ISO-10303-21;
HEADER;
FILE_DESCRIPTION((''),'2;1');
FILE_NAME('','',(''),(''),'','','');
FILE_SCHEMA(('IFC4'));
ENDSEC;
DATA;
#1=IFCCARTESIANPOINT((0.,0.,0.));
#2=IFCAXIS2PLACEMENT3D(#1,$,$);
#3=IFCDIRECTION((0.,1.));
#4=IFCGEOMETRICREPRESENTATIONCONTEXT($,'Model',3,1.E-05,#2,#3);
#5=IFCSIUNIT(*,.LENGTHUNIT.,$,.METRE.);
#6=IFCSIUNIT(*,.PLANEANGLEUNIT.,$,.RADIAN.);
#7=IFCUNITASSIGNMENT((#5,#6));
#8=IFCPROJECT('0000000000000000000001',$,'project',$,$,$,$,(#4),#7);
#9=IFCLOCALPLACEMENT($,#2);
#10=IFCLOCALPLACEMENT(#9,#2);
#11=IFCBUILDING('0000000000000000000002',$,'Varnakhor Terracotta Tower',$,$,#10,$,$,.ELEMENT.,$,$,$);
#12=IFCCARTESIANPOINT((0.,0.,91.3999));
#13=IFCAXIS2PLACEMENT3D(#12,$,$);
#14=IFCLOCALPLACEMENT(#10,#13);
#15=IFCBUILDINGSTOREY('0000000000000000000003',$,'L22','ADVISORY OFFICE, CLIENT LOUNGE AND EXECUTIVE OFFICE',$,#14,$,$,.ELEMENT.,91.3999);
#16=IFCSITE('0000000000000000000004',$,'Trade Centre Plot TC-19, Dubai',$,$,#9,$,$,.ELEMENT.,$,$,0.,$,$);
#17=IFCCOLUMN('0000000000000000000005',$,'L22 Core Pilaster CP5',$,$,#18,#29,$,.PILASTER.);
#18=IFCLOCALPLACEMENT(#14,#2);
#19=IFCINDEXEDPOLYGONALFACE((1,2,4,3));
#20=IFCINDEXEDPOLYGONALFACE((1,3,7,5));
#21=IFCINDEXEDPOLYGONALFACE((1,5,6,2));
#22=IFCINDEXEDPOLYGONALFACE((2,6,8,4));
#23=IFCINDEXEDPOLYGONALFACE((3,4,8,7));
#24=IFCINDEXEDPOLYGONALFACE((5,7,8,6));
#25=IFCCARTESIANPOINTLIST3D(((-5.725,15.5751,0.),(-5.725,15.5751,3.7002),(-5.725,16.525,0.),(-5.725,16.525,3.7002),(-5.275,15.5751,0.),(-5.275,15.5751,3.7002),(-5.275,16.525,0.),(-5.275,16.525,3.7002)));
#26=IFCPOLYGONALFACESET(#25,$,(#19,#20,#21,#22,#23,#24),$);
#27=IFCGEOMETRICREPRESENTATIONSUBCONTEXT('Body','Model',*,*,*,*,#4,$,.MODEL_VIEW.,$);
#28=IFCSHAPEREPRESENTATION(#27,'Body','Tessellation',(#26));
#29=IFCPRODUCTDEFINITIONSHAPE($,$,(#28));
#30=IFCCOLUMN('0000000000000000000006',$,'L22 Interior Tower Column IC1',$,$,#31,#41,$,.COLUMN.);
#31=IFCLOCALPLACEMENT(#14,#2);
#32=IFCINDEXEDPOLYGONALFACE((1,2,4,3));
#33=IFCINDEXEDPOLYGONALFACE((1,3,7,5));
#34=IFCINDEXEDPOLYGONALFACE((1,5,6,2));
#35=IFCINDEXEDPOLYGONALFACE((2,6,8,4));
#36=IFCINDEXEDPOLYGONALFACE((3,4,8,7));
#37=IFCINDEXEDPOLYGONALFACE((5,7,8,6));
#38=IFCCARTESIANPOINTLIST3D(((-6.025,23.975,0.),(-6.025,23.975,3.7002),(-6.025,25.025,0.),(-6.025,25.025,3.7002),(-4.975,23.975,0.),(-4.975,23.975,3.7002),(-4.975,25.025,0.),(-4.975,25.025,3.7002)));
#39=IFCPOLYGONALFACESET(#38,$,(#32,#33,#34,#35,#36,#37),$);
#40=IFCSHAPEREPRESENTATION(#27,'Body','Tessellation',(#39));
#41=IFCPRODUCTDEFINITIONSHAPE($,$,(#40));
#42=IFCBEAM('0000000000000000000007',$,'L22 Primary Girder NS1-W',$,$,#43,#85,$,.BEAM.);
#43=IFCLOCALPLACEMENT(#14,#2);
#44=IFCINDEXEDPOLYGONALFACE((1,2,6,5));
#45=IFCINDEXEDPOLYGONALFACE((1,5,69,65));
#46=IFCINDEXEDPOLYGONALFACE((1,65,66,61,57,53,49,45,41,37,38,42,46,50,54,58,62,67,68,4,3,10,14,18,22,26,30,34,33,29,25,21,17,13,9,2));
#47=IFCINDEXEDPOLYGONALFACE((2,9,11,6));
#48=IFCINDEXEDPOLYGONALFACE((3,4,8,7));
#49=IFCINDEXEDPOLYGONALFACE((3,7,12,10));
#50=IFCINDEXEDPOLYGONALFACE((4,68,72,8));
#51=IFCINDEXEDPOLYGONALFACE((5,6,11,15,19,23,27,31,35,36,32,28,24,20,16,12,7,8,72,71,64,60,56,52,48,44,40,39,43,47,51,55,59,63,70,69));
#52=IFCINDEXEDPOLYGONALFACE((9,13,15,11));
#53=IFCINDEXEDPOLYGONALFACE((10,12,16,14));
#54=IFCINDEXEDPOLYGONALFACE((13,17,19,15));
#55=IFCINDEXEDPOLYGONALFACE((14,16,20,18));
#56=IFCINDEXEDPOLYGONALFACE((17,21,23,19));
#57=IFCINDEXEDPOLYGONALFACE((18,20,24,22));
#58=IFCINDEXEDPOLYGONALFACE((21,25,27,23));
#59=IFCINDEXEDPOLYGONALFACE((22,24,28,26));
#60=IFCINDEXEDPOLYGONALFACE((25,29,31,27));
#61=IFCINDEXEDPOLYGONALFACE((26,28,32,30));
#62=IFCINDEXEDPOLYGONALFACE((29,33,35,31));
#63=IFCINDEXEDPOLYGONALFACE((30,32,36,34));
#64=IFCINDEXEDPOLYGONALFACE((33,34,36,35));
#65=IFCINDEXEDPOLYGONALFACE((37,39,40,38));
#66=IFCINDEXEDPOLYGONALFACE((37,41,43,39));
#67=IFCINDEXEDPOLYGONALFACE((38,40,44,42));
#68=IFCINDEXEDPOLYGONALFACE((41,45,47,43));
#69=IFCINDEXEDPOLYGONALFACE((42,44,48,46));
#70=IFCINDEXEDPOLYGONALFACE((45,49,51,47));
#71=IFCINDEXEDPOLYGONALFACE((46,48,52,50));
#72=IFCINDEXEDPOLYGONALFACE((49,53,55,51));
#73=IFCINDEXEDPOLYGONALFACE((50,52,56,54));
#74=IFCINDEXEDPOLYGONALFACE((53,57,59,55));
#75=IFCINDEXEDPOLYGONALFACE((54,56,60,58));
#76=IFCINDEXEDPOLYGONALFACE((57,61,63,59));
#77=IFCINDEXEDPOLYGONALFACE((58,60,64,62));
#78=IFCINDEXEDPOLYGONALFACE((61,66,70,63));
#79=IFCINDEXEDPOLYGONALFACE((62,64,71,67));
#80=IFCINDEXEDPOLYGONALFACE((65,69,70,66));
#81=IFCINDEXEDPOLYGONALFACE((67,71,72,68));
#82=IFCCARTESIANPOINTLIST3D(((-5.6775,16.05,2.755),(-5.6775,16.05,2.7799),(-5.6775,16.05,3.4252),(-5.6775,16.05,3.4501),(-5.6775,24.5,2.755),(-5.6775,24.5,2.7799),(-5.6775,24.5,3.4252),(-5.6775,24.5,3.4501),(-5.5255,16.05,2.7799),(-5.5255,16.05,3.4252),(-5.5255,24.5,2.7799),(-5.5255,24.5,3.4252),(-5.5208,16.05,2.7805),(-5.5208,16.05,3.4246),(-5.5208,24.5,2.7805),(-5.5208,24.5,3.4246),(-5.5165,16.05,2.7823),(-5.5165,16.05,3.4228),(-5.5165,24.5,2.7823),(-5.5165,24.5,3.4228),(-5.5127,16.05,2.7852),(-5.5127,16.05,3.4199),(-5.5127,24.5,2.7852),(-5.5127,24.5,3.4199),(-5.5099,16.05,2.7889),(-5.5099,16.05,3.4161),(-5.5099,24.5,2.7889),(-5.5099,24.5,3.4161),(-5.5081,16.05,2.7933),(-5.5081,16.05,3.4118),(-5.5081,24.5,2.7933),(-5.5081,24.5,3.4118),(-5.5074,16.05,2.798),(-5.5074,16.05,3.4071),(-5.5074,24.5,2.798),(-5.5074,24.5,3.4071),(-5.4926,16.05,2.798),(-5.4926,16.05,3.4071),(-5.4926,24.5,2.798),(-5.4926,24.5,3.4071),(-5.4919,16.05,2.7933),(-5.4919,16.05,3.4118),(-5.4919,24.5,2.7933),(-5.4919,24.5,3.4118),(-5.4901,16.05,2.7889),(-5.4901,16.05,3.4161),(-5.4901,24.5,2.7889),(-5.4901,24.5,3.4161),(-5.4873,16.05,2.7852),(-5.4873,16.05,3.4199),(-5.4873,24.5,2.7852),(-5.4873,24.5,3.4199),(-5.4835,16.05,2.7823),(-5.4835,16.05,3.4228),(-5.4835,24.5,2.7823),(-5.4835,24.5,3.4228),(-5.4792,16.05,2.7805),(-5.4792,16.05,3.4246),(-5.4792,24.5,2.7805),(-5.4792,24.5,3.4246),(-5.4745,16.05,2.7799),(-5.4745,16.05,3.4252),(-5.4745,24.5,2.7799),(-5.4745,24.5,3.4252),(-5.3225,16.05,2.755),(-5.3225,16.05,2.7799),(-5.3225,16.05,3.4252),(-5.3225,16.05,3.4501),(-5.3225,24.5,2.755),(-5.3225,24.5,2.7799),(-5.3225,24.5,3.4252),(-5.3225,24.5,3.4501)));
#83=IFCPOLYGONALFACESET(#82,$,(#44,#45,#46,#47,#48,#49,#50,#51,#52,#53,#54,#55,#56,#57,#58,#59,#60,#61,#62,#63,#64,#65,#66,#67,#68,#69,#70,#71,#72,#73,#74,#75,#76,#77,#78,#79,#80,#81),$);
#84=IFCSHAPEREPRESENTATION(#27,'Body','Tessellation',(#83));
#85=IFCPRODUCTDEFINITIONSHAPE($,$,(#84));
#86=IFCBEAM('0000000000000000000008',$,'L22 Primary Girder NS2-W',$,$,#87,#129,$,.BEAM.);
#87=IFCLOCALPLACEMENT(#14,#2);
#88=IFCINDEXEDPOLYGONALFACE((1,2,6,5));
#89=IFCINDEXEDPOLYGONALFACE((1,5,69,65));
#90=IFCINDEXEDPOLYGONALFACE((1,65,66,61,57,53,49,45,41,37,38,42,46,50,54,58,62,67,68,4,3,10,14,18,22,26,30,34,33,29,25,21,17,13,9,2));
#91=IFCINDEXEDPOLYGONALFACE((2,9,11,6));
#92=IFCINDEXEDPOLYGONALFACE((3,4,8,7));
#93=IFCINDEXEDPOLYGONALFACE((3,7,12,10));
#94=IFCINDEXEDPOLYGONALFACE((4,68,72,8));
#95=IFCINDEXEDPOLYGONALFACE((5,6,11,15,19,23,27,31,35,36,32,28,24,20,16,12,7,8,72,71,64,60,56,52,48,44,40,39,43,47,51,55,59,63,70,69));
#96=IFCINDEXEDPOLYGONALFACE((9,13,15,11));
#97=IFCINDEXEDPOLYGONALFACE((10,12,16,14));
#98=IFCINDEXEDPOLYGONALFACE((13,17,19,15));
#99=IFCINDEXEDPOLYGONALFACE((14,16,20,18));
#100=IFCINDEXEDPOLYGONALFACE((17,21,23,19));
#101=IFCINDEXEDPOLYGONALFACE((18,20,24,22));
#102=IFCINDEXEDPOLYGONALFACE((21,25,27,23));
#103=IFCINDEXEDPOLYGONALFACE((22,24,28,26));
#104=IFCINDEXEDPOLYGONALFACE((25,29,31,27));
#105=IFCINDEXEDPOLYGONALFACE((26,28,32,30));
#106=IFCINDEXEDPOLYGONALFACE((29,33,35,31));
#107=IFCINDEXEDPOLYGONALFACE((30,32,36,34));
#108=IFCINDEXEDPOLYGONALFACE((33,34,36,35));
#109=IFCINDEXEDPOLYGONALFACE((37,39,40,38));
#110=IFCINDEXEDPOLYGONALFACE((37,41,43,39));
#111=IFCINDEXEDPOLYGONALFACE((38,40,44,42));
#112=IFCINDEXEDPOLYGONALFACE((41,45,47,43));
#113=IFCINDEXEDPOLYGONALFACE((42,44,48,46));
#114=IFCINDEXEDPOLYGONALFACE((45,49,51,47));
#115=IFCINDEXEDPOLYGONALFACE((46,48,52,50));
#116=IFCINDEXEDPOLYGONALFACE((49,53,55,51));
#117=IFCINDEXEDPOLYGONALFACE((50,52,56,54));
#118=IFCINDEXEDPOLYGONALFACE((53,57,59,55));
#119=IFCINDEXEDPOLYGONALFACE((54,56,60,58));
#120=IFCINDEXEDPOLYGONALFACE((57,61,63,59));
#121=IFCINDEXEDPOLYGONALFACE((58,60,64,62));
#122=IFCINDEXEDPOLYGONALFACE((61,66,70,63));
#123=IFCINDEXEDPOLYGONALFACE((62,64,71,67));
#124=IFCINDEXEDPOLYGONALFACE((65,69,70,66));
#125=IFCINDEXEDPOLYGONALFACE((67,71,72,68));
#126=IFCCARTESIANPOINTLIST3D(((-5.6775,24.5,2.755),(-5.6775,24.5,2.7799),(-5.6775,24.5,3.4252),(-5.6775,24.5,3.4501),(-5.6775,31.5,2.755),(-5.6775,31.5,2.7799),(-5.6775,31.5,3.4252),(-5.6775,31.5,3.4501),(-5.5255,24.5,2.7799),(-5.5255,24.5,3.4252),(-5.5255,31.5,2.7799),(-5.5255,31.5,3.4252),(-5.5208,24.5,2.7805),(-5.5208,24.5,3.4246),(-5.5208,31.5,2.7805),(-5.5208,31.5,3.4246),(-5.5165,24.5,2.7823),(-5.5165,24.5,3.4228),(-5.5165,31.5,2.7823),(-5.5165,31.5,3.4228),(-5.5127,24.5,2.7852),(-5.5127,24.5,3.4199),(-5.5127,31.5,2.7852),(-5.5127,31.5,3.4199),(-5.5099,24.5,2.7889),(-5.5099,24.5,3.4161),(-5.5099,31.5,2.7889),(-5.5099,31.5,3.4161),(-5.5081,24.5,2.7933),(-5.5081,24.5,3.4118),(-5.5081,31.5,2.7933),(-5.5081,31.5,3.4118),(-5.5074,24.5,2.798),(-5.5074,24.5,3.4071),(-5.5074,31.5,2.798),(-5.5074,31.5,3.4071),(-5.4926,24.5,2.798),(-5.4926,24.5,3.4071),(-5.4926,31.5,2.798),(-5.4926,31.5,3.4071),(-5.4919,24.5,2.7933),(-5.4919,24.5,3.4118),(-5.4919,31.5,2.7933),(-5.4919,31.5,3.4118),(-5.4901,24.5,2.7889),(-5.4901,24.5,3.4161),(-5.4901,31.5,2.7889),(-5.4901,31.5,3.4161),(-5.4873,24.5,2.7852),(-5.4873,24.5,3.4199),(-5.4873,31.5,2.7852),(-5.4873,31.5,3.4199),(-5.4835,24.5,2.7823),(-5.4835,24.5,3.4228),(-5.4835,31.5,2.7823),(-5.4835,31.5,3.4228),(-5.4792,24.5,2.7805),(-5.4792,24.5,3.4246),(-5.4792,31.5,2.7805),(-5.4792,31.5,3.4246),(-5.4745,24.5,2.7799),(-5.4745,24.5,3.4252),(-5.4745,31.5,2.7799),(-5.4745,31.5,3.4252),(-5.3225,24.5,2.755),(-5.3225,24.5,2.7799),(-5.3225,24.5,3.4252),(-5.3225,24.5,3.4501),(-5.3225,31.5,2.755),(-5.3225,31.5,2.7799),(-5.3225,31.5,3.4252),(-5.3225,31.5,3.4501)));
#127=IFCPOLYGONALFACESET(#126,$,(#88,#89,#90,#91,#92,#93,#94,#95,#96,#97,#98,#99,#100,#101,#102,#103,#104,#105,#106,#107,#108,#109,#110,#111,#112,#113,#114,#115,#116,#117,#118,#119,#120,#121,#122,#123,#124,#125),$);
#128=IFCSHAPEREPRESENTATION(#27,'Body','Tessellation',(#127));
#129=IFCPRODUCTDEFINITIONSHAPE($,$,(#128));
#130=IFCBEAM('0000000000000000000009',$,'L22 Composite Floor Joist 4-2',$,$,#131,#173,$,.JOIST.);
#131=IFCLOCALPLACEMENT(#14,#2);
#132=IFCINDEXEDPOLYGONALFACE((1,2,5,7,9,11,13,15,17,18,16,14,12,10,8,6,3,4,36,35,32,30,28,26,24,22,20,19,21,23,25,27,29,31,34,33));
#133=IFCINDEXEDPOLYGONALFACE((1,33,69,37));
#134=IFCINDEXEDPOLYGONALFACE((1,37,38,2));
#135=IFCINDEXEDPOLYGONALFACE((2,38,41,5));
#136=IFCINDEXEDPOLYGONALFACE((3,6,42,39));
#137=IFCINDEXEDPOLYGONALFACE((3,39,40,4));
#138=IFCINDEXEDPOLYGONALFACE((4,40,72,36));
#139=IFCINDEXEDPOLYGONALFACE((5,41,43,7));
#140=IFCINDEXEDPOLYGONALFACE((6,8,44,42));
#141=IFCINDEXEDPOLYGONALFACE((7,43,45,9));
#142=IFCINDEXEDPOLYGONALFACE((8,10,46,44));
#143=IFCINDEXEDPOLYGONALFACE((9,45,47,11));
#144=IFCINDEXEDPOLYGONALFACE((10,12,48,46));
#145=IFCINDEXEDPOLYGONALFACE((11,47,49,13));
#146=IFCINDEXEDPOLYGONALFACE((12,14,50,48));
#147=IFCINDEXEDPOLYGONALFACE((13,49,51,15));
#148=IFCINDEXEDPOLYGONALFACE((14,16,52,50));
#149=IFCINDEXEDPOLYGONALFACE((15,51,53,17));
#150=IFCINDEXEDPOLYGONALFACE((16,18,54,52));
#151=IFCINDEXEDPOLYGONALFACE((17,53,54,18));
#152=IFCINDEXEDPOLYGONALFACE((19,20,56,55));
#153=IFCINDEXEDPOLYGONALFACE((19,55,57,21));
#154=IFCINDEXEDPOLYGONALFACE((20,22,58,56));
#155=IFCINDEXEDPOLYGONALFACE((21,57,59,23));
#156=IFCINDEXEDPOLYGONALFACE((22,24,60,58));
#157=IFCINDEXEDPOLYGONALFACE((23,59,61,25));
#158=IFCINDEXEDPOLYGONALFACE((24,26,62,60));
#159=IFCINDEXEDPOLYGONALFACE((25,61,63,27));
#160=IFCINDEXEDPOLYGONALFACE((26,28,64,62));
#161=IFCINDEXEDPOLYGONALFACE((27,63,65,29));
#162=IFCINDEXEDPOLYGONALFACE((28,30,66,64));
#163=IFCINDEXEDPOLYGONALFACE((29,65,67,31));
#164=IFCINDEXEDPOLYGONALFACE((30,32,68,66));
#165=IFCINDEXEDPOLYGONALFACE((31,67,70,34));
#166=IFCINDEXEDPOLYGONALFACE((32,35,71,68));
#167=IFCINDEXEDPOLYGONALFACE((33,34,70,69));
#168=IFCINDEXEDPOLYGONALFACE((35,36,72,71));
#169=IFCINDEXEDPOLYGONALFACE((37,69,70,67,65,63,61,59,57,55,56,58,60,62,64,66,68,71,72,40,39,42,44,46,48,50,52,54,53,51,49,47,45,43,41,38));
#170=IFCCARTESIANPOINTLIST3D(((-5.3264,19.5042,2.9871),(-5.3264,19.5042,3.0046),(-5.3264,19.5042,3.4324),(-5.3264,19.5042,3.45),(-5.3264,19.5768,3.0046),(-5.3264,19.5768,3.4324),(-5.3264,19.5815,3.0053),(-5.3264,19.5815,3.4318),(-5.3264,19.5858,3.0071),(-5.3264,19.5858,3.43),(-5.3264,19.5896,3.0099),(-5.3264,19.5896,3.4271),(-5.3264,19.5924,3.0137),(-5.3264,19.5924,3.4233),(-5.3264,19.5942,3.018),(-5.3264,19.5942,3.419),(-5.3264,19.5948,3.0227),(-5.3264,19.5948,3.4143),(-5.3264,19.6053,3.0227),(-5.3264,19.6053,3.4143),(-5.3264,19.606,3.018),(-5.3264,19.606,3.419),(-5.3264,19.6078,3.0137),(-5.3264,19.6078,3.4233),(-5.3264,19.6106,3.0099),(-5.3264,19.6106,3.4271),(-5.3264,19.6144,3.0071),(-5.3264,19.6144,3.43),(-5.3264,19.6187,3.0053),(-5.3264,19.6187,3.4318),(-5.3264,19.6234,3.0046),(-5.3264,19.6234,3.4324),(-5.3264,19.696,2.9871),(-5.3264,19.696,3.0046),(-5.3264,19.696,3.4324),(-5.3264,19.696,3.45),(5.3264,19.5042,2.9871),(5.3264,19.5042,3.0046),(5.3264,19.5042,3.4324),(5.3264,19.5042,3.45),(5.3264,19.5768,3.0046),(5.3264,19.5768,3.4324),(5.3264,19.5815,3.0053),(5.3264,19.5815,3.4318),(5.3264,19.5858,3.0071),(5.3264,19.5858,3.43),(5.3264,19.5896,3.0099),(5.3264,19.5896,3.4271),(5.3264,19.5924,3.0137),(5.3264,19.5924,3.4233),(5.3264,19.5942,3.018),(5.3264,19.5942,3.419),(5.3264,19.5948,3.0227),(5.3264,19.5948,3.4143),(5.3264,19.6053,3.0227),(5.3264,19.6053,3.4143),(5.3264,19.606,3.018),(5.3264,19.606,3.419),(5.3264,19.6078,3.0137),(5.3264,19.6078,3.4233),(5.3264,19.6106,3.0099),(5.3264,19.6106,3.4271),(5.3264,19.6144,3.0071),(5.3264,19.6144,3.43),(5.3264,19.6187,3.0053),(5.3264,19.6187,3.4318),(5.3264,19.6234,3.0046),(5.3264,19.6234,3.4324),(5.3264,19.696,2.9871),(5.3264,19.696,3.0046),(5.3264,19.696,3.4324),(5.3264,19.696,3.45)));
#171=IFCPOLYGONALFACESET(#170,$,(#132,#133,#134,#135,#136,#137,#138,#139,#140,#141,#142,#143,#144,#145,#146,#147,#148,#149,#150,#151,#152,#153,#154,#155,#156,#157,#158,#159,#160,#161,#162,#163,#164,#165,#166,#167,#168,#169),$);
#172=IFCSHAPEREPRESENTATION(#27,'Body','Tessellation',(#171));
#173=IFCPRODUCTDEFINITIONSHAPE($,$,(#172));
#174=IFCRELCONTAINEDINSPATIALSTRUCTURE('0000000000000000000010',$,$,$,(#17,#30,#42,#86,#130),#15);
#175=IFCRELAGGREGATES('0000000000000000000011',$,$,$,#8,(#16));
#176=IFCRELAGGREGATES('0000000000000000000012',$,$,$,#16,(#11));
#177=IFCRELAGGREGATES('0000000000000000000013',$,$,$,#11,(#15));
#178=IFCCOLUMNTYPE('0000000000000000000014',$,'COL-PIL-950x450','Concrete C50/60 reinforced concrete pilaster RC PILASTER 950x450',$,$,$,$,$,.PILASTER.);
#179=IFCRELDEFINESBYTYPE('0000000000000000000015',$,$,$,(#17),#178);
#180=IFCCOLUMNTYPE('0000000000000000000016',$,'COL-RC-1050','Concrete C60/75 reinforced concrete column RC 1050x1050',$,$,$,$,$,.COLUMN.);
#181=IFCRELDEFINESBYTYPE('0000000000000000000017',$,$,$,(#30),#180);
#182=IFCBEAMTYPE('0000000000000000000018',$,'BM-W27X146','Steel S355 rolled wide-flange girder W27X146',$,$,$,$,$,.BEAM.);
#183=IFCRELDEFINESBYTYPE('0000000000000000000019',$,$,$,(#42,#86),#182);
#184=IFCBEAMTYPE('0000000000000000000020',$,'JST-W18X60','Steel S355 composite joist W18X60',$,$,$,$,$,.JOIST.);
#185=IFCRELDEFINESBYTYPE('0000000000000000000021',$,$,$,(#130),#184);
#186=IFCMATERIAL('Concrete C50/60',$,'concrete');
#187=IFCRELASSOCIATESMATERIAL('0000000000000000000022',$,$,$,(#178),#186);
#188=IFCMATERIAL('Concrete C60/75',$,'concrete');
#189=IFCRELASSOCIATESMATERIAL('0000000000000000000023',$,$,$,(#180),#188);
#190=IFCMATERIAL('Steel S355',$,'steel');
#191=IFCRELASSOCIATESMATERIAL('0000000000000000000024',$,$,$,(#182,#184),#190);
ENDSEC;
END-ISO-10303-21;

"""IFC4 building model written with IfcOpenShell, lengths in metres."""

from ifc_helpers import new_model, si_unit, direction, frame, origin, origin_2d, place, context, subcontext, project, spatial, rectangle, i_section, extrude, source, transform, mapped, material, material_profile, profile_set, type_object, type_shapes, element, save


model = new_model("IFC4")

# Units and contexts
model_context = context("Model", 3, precision=1e-05, world=origin(), true_north=direction((0.0, 1.0)))
body_context = subcontext(model_context, "Body", "Model", "MODEL_VIEW")
ifc_project = project(units=[si_unit("LENGTHUNIT", "METRE"), si_unit("PLANEANGLEUNIT", "RADIAN")], contexts=[model_context])

# Site, building, storey
site_placement = place(None, origin())
site = spatial("IfcSite", under=ifc_project, at=site_placement, Name="Trade Centre Plot TC-19, Dubai", CompositionType="ELEMENT", RefElevation=0.0)
building_placement = place(site_placement, origin())
building = spatial("IfcBuilding", under=site, at=building_placement, Name="Varnakhor Terracotta Tower", CompositionType="ELEMENT")
storey_placement = place(building_placement, frame((0.0, 0.0, 91.3999)))
storey = spatial("IfcBuildingStorey", under=building, at=storey_placement, Name="L22", Description="ADVISORY OFFICE, CLIENT LOUNGE AND EXECUTIVE OFFICE", CompositionType="ELEMENT", Elevation=91.3999)

# Columns
ifc_material_1 = material(Name="Concrete C50/60", Category="concrete")
ifc_material_profile_1 = material_profile(ifc_material_1, rectangle(XDim=0.45, YDim=0.95, at=origin_2d()), Name="RC PILASTER 950x450")
ifc_profile_set_1 = profile_set([ifc_material_profile_1], Name="Concrete C50/60")
column_type_1 = type_object("IfcColumnType", Name="COL-PIL-950x450", Description="Concrete C50/60 reinforced concrete pilaster RC PILASTER 950x450", PredefinedType="PILASTER", material=ifc_profile_set_1)
shared_shape_1 = source(origin(), body_context, "Body", "SweptSolid", [
    extrude(rectangle(XDim=0.45, YDim=0.95, at=origin_2d()), origin(), (0.0, 0.0, 1.0), 3.7002),
])
column_1_placement = place(storey_placement, frame((-5.5, 16.05, 0.0), z_axis=(0.0, 0.0, 1.0), x_axis=(1.0, 0.0, 0.0)))
element("IfcColumn", 1, at=column_1_placement, inside=storey, type_object=column_type_1, Name="L22 Core Pilaster CP5", PredefinedType="PILASTER", context=body_context, shape_type="MappedRepresentation", body=[
    mapped(shared_shape_1, transform((0.0, 0.0, 0.0), scale=1.0)),
])
ifc_material_2 = material(Name="Concrete C60/75", Category="concrete")
ifc_material_profile_2 = material_profile(ifc_material_2, rectangle(XDim=1.05, YDim=1.05, at=origin_2d()), Name="RC 1050x1050")
ifc_profile_set_2 = profile_set([ifc_material_profile_2], Name="Concrete C60/75")
column_type_2 = type_object("IfcColumnType", Name="COL-RC-1050", Description="Concrete C60/75 reinforced concrete column RC 1050x1050", PredefinedType="COLUMN", material=ifc_profile_set_2)
shared_shape_2 = source(origin(), body_context, "Body", "SweptSolid", [
    extrude(rectangle(XDim=1.05, YDim=1.05, at=origin_2d()), origin(), (0.0, 0.0, 1.0), 3.7002),
])
column_2_placement = place(storey_placement, frame((-5.5, 24.5, 0.0), z_axis=(0.0, 0.0, 1.0), x_axis=(1.0, 0.0, 0.0)))
element("IfcColumn", 2, at=column_2_placement, inside=storey, type_object=column_type_2, Name="L22 Interior Tower Column IC1", PredefinedType="COLUMN", context=body_context, shape_type="MappedRepresentation", body=[
    mapped(shared_shape_2, transform((0.0, 0.0, 0.0), scale=1.0)),
])

# Beams
ifc_material_3 = material(Name="Steel S355", Category="steel")
ifc_material_profile_3 = material_profile(ifc_material_3, i_section(OverallWidth=0.355, OverallDepth=0.6951, WebThickness=0.0149, FlangeThickness=0.0249, FilletRadius=0.0181, at=origin_2d()), Name="W27X146")
ifc_profile_set_3 = profile_set([ifc_material_profile_3], Name="Steel S355")
beam_type_1 = type_object("IfcBeamType", Name="BM-W27X146", Description="Steel S355 rolled wide-flange girder W27X146", PredefinedType="BEAM", material=ifc_profile_set_3)
shared_shape_3 = source(origin(), body_context, "Body", "SweptSolid", [
    extrude(i_section(OverallWidth=0.355, OverallDepth=0.6951, WebThickness=0.0149, FlangeThickness=0.0249, FilletRadius=0.0181, at=origin_2d()), origin(), (0.0, 0.0, 1.0), 8.45),
])
type_shapes(beam_type_1, [shared_shape_3])
beam_1_placement = place(storey_placement, frame((-5.5, 16.05, 3.1025), z_axis=(0.0, 1.0, 0.0), x_axis=(-1.0, 0.0, 0.0)))
element("IfcBeam", 3, at=beam_1_placement, inside=storey, type_object=beam_type_1, Name="L22 Primary Girder NS1-W", PredefinedType="BEAM", context=body_context, shape_type="MappedRepresentation", body=[
    mapped(shared_shape_3, transform((0.0, 0.0, 0.0), scale=1.0)),
])
shared_shape_4 = source(origin(), body_context, "Body", "SweptSolid", [
    extrude(i_section(OverallWidth=0.355, OverallDepth=0.6951, WebThickness=0.0149, FlangeThickness=0.0249, FilletRadius=0.0181, at=origin_2d()), origin(), (0.0, 0.0, 1.0), 7.0),
])
beam_2_placement = place(storey_placement, frame((-5.5, 24.5, 3.1025), z_axis=(0.0, 1.0, 0.0), x_axis=(-1.0, 0.0, 0.0)))
element("IfcBeam", 4, at=beam_2_placement, inside=storey, type_object=beam_type_1, Name="L22 Primary Girder NS2-W", PredefinedType="BEAM", context=body_context, shape_type="MappedRepresentation", body=[
    mapped(shared_shape_4, transform((0.0, 0.0, 0.0), scale=1.0)),
])
ifc_material_profile_4 = material_profile(ifc_material_3, i_section(OverallWidth=0.1919, OverallDepth=0.4629, WebThickness=0.0105, FlangeThickness=0.0176, FilletRadius=0.0181, at=origin_2d()), Name="W18X60")
ifc_profile_set_4 = profile_set([ifc_material_profile_4], Name="Steel S355")
beam_type_2 = type_object("IfcBeamType", Name="JST-W18X60", Description="Steel S355 composite joist W18X60", PredefinedType="JOIST", material=ifc_profile_set_4)
shared_shape_5 = source(origin(), body_context, "Body", "SweptSolid", [
    extrude(i_section(OverallWidth=0.1919, OverallDepth=0.4629, WebThickness=0.0105, FlangeThickness=0.0176, FilletRadius=0.0181, at=origin_2d()), origin(), (0.0, 0.0, 1.0), 10.6528),
])
for number, where, z_axis, x_axis, name in (
    (5, (-5.3264, 19.6001, 3.2185), (1.0, 0.0, 0.0), (0.0, 1.0, 0.0), "L22 Composite Floor Joist 4-2"),
):
    element("IfcBeam", number, at=place(storey_placement, frame(where, z_axis=z_axis, x_axis=x_axis)), inside=storey, type_object=beam_type_2, Name=name, PredefinedType="JOIST", context=body_context, shape_type="MappedRepresentation", body=[
        mapped(shared_shape_5, transform((0.0, 0.0, 0.0), scale=1.0)),
    ])

save(model, "model.ifc")
